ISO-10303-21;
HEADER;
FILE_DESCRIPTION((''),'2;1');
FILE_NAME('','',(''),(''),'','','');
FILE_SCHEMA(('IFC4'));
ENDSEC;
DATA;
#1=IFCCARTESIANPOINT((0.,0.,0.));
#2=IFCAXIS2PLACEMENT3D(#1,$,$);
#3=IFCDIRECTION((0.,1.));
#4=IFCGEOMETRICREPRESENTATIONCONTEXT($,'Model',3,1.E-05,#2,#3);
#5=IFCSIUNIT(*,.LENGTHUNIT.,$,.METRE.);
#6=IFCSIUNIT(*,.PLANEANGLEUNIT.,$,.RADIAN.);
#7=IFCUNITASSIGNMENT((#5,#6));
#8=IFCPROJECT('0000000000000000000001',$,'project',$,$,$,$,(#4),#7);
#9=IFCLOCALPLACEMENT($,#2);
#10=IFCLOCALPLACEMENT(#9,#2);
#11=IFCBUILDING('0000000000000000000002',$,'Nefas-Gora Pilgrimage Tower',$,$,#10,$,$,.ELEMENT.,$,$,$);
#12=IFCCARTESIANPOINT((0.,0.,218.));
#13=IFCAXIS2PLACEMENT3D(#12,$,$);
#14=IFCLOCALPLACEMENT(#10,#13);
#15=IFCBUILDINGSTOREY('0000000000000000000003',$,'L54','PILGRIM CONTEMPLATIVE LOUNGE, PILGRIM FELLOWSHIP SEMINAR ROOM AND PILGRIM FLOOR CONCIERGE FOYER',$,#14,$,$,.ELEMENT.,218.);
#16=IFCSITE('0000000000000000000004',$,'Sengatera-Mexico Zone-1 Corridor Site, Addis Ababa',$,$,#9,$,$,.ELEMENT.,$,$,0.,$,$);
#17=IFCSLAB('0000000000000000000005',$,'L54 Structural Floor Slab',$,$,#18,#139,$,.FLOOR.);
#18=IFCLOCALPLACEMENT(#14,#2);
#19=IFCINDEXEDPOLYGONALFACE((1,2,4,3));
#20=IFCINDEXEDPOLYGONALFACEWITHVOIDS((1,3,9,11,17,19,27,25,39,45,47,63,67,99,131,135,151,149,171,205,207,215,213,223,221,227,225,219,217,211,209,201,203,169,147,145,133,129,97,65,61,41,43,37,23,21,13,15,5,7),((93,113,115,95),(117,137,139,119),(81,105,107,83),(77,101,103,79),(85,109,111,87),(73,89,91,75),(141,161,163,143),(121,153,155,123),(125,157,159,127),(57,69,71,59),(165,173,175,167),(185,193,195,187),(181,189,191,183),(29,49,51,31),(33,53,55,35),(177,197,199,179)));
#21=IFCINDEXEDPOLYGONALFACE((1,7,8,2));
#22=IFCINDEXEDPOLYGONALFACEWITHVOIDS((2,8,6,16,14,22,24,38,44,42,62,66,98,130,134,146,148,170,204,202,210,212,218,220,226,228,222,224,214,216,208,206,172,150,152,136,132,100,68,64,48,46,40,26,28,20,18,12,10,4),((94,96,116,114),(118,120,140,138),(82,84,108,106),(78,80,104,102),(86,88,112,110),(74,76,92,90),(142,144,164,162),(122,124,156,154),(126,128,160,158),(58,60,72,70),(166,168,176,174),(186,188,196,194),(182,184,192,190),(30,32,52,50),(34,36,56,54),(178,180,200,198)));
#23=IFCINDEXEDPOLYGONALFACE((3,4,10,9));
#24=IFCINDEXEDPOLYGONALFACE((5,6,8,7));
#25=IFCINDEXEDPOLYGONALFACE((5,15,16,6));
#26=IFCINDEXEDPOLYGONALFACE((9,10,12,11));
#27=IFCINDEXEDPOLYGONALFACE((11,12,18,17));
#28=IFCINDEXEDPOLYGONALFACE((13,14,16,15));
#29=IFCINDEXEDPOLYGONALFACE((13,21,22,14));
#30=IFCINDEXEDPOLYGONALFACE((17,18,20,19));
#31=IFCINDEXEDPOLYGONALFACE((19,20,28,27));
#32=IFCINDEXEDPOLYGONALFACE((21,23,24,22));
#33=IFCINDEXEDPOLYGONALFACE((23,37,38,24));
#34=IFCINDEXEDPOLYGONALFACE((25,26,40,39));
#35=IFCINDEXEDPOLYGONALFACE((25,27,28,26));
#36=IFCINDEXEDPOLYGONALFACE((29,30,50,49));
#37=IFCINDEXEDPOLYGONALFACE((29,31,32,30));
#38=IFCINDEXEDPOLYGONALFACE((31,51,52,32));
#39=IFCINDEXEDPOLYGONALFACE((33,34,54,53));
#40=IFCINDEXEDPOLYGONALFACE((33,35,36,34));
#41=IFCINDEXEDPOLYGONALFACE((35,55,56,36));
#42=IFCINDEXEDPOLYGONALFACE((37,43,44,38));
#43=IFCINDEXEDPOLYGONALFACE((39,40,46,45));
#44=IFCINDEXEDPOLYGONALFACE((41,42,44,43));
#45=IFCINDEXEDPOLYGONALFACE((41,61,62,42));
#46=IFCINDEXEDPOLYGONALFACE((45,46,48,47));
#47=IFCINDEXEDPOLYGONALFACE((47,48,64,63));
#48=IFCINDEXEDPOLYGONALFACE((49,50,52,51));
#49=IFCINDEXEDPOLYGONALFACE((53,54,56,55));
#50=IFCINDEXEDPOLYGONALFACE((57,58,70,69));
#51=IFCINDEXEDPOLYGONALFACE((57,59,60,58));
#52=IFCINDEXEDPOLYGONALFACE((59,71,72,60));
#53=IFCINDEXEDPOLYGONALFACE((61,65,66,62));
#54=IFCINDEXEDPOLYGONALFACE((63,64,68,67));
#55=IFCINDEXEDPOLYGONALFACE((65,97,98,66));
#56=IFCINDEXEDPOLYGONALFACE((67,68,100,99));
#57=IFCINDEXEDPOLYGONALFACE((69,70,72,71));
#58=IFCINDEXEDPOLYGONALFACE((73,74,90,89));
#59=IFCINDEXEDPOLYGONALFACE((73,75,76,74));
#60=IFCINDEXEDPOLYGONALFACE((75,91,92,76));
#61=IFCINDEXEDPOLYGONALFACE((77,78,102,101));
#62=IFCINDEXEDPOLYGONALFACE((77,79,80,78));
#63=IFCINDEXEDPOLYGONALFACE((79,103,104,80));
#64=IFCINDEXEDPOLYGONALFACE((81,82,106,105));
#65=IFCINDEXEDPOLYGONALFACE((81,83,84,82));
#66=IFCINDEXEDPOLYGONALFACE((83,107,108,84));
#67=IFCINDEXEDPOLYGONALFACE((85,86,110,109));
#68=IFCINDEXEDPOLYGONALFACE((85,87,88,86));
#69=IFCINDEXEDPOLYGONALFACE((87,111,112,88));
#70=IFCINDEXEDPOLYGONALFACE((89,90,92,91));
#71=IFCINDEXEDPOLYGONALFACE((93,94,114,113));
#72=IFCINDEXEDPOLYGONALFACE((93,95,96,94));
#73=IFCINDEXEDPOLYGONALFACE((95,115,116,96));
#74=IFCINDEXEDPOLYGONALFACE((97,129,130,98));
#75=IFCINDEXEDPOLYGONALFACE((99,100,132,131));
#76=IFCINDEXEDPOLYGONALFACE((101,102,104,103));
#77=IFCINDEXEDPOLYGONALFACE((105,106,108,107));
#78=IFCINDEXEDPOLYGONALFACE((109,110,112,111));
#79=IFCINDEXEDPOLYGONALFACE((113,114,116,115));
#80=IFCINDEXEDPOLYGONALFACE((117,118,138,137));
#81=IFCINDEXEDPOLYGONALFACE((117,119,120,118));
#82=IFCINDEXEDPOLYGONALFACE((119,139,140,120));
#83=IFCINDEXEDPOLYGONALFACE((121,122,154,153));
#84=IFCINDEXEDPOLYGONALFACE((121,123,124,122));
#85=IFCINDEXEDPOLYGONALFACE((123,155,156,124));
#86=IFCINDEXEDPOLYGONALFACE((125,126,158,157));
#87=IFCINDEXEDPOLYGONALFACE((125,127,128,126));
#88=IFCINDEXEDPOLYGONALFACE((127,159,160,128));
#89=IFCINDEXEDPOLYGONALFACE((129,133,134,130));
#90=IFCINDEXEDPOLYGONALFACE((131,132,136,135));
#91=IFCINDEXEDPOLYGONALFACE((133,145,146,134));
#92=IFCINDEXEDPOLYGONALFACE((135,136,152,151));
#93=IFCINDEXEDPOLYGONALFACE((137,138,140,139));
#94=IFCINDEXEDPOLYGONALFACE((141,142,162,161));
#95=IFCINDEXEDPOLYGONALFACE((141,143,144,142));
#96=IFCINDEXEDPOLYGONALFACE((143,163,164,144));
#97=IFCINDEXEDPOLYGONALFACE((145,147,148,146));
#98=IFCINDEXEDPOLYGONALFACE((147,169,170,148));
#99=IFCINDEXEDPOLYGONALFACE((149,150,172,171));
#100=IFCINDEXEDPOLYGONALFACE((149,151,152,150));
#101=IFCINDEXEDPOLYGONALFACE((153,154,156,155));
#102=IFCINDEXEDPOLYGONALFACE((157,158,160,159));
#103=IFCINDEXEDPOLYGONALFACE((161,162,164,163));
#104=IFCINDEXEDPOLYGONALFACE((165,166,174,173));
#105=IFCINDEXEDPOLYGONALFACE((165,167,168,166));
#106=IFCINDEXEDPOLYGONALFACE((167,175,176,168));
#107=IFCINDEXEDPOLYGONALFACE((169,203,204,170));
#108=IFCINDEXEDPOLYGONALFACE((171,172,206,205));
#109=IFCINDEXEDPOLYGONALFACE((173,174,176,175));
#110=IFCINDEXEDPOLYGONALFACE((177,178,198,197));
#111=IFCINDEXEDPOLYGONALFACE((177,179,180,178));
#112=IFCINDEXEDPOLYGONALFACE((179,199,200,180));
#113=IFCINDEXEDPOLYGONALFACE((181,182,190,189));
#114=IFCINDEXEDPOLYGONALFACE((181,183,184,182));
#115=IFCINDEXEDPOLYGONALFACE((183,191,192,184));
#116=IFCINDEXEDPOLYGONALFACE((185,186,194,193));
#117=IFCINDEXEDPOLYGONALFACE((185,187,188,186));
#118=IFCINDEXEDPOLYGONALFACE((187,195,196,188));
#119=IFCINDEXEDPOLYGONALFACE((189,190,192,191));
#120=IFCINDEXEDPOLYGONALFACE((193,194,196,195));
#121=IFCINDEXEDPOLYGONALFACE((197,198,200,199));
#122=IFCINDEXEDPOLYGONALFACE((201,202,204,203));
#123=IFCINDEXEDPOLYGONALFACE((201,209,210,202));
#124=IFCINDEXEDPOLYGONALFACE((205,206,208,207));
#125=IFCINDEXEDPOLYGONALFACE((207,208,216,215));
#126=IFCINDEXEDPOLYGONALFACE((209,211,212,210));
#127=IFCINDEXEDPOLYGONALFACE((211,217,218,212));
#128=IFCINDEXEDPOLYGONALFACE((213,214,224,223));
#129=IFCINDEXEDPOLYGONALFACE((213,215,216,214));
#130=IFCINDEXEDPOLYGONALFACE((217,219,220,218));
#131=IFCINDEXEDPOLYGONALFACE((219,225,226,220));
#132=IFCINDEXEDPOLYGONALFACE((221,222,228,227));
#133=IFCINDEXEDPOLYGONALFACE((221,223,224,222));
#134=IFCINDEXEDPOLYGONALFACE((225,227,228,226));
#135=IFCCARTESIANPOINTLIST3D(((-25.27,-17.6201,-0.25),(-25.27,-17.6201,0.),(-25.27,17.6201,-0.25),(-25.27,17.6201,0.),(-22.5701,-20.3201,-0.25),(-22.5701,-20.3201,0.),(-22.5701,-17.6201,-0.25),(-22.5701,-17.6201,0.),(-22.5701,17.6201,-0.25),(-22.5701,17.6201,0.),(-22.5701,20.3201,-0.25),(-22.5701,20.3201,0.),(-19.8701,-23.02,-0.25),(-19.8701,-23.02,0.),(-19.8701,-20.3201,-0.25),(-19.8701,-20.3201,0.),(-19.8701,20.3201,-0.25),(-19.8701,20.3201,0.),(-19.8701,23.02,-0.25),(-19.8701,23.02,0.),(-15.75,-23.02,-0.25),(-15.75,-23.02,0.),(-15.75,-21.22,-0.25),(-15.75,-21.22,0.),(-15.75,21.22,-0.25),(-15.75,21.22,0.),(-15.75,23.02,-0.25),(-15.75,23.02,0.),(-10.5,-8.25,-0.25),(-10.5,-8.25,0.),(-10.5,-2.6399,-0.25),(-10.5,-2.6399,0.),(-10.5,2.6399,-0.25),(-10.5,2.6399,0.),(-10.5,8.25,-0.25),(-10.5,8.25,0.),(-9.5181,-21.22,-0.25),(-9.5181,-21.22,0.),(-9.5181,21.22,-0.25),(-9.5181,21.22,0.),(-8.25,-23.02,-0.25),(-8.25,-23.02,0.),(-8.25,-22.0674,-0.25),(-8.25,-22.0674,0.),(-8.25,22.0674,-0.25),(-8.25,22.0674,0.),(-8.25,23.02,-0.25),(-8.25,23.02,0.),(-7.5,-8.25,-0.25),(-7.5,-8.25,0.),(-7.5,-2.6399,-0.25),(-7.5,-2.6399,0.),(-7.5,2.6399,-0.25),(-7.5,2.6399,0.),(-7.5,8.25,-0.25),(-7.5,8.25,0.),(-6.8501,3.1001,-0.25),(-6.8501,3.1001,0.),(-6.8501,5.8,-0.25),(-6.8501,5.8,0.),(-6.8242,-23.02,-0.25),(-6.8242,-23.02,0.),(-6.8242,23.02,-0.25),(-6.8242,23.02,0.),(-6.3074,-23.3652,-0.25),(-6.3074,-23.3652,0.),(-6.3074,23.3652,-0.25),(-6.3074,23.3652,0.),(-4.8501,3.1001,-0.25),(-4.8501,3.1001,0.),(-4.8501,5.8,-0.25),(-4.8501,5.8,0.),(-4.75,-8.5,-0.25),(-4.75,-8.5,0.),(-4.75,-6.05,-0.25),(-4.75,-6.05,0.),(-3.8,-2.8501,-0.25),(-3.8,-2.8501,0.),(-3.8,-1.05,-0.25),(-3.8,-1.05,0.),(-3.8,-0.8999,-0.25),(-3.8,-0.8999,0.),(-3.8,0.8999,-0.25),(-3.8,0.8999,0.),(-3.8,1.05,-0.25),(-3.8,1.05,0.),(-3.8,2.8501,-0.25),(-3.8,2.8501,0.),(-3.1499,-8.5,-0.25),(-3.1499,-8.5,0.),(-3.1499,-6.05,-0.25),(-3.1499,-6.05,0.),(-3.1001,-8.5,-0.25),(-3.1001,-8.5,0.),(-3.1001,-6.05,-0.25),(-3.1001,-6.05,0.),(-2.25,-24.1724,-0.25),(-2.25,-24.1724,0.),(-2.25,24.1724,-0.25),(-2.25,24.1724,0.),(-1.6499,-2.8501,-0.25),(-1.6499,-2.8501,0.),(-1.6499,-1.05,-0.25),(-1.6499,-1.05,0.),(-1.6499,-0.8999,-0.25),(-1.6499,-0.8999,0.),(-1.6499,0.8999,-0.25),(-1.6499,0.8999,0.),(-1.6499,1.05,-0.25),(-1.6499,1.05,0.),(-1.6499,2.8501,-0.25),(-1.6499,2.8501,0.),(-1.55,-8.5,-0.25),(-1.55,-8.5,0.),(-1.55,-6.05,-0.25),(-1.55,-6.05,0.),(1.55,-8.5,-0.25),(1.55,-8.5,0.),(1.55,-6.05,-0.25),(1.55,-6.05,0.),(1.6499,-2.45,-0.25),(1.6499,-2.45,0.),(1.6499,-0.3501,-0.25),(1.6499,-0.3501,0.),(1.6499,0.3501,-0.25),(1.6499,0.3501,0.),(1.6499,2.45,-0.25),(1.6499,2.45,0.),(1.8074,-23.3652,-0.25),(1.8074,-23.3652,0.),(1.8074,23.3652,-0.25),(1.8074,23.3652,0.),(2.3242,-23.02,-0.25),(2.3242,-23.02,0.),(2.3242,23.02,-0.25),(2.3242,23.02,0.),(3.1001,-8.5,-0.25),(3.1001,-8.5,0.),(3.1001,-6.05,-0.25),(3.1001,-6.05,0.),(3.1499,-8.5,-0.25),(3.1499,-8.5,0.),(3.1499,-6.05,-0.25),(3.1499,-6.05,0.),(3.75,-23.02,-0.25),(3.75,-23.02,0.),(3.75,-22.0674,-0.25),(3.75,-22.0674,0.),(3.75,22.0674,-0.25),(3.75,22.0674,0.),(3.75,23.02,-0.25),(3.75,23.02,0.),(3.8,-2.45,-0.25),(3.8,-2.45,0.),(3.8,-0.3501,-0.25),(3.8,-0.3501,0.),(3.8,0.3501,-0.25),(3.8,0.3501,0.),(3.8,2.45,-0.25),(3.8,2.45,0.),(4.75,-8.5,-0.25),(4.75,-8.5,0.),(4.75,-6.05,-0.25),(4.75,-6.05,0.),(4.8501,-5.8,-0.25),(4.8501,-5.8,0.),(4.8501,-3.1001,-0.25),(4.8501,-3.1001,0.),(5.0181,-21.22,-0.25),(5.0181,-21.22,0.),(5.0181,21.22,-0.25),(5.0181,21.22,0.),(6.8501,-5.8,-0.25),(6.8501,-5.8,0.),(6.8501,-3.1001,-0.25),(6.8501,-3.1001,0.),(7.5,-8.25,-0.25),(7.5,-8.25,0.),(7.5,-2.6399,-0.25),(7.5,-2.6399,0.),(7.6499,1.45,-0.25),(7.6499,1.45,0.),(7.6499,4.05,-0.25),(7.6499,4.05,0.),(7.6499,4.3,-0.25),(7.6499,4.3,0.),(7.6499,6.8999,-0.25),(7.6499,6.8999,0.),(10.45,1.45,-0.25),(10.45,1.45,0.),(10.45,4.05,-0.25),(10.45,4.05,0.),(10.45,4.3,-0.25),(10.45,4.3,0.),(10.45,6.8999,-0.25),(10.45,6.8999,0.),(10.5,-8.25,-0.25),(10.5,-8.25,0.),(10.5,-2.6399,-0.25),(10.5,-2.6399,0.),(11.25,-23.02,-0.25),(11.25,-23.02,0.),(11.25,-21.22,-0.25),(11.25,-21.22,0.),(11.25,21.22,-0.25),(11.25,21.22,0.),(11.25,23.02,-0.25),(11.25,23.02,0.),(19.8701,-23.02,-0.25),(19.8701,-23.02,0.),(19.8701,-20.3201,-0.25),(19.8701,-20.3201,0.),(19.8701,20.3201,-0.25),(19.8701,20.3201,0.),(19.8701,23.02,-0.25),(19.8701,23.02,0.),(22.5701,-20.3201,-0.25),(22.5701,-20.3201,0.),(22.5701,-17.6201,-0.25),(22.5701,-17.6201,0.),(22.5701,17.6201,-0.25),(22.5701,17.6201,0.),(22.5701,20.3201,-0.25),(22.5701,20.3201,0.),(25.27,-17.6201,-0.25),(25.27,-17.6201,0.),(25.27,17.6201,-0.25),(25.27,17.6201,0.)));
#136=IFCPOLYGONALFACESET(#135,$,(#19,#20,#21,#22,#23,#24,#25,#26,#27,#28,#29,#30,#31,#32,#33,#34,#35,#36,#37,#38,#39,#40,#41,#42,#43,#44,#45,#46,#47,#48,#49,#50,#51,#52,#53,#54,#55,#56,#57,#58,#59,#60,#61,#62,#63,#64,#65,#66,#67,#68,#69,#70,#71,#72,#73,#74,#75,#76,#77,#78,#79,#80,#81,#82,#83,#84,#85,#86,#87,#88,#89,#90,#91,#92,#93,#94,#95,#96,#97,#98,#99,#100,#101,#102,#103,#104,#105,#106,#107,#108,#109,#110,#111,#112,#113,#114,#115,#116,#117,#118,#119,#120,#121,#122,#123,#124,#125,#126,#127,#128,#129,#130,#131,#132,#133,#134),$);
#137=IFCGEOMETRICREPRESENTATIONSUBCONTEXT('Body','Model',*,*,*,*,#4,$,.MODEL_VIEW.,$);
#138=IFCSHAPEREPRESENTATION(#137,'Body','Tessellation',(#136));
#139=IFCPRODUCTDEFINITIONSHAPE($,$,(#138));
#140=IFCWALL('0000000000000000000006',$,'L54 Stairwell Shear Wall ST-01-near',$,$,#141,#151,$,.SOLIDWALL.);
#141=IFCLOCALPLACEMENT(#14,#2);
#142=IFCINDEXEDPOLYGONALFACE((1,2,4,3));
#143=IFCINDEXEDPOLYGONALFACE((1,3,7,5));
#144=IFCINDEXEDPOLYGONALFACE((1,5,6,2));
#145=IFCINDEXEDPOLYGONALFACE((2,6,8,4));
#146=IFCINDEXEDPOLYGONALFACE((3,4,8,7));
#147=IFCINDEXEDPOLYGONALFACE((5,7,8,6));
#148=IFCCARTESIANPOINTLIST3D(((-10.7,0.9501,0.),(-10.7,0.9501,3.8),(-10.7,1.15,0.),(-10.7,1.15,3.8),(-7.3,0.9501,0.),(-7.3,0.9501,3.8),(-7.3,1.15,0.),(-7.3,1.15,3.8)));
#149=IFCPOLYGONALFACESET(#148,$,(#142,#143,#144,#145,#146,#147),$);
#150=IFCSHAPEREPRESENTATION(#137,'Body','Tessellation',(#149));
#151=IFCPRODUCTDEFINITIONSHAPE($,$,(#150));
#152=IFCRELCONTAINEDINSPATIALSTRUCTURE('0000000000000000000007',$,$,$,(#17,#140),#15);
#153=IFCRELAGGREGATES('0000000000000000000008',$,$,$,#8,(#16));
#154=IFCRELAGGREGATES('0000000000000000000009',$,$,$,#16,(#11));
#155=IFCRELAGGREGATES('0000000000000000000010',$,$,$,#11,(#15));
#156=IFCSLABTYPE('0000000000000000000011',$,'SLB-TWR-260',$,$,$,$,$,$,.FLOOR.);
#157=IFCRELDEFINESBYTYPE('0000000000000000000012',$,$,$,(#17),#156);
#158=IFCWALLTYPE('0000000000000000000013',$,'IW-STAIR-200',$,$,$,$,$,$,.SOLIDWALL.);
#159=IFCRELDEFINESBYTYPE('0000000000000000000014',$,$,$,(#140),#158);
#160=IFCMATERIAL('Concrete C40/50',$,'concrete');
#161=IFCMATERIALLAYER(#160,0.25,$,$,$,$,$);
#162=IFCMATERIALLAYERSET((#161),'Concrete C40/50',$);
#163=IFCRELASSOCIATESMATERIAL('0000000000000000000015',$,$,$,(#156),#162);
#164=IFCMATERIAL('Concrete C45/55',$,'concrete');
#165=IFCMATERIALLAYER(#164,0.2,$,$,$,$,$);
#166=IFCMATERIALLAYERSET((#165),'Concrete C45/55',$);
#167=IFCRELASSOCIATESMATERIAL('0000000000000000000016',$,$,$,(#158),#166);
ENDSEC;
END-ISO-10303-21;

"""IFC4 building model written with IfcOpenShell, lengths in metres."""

from ifc_helpers import new_model, si_unit, direction, frame, frame_2d, origin, place, context, subcontext, project, spatial, polyline, rectangle, outline, extrude, source, transform, mapped, material, layer, layer_set, type_object, element, save


model = new_model("IFC4")

# Units and contexts
model_context = context("Model", 3, precision=1e-05, world=origin(), true_north=direction((0.0, 1.0)))
body_context = subcontext(model_context, "Body", "Model", "MODEL_VIEW")
ifc_project = project(units=[si_unit("LENGTHUNIT", "METRE"), si_unit("PLANEANGLEUNIT", "RADIAN")], contexts=[model_context])

# Site, building, storey
site_placement = place(None, origin())
site = spatial("IfcSite", under=ifc_project, at=site_placement, Name="Sengatera-Mexico Zone-1 Corridor Site, Addis Ababa", CompositionType="ELEMENT", RefElevation=0.0)
building_placement = place(site_placement, origin())
building = spatial("IfcBuilding", under=site, at=building_placement, Name="Nefas-Gora Pilgrimage Tower", CompositionType="ELEMENT")
storey_placement = place(building_placement, frame((0.0, 0.0, 218.0)))
storey = spatial("IfcBuildingStorey", under=building, at=storey_placement, Name="L54", Description="PILGRIM CONTEMPLATIVE LOUNGE, PILGRIM FELLOWSHIP SEMINAR ROOM AND PILGRIM FLOOR CONCIERGE FOYER", CompositionType="ELEMENT", Elevation=218.0)

# Slab
ifc_material_1 = material(Name="Concrete C40/50", Category="concrete")
ifc_layer_1 = layer(ifc_material_1, 0.25)
ifc_layer_set_1 = layer_set([ifc_layer_1], Name="Concrete C40/50")
slab_type_1 = type_object("IfcSlabType", Name="SLB-TWR-260", PredefinedType="FLOOR", material=ifc_layer_set_1)
slab_1_placement = place(storey_placement, frame((0.0, 0.0, -0.25)))
element("IfcSlab", 1, at=slab_1_placement, inside=storey, type_object=slab_type_1, Name="L54 Structural Floor Slab", PredefinedType="FLOOR", context=body_context, shape_type="SweptSolid", body=[
    extrude(outline(polyline([(5.0181, -21.22), (11.25, -21.22), (11.25, -23.02), (19.8701, -23.02), (19.8701, -20.3201), (22.5701, -20.3201), (22.5701, -17.6201), (25.27, -17.6201), (25.27, 17.6201), (22.5701, 17.6201), (22.5701, 20.3201), (19.8701, 20.3201), (19.8701, 23.02), (11.25, 23.02), (11.25, 21.22), (5.0181, 21.22), (3.75, 22.0674), (3.75, 23.02), (2.3242, 23.02), (1.8074, 23.3652), (-2.25, 24.1724), (-6.3074, 23.3652), (-6.8242, 23.02), (-8.25, 23.02), (-8.25, 22.0674), (-9.5181, 21.22), (-15.75, 21.22), (-15.75, 23.02), (-19.8701, 23.02), (-19.8701, 20.3201), (-22.5701, 20.3201), (-22.5701, 17.6201), (-25.27, 17.6201), (-25.27, -17.6201), (-22.5701, -17.6201), (-22.5701, -20.3201), (-19.8701, -20.3201), (-19.8701, -23.02), (-15.75, -23.02), (-15.75, -21.22), (-9.5181, -21.22), (-8.25, -22.0674), (-8.25, -23.02), (-6.8242, -23.02), (-6.3074, -23.3652), (-2.25, -24.1724), (1.8074, -23.3652), (2.3242, -23.02), (3.75, -23.02), (3.75, -22.0674), (5.0181, -21.22)]), holes=[polyline([(-10.5, 2.6399), (-10.5, 8.25), (-7.5, 8.25), (-7.5, 2.6399), (-10.5, 2.6399)]), polyline([(10.5, -2.6399), (10.5, -8.25), (7.5, -8.25), (7.5, -2.6399), (10.5, -2.6399)]), polyline([(-7.5, -2.6399), (-7.5, -8.25), (-10.5, -8.25), (-10.5, -2.6399), (-7.5, -2.6399)]), polyline([(-6.8501, 5.8), (-4.8501, 5.8), (-4.8501, 3.1001), (-6.8501, 3.1001), (-6.8501, 5.8)]), polyline([(4.8501, -3.1001), (6.8501, -3.1001), (6.8501, -5.8), (4.8501, -5.8), (4.8501, -3.1001)]), polyline([(7.6499, 4.05), (10.45, 4.05), (10.45, 1.45), (7.6499, 1.45), (7.6499, 4.05)]), polyline([(7.6499, 6.8999), (10.45, 6.8999), (10.45, 4.3), (7.6499, 4.3), (7.6499, 6.8999)]), polyline([(-4.75, -6.05), (-3.1499, -6.05), (-3.1499, -8.5), (-4.75, -8.5), (-4.75, -6.05)]), polyline([(-3.1001, -6.05), (-1.55, -6.05), (-1.55, -8.5), (-3.1001, -8.5), (-3.1001, -6.05)]), polyline([(1.55, -6.05), (3.1001, -6.05), (3.1001, -8.5), (1.55, -8.5), (1.55, -6.05)]), polyline([(3.1499, -6.05), (4.75, -6.05), (4.75, -8.5), (3.1499, -8.5), (3.1499, -6.05)]), polyline([(-3.8, -1.05), (-1.6499, -1.05), (-1.6499, -2.8501), (-3.8, -2.8501), (-3.8, -1.05)]), polyline([(-3.8, 0.8999), (-1.6499, 0.8999), (-1.6499, -0.8999), (-3.8, -0.8999), (-3.8, 0.8999)]), polyline([(-3.8, 2.8501), (-1.6499, 2.8501), (-1.6499, 1.05), (-3.8, 1.05), (-3.8, 2.8501)]), polyline([(1.6499, -0.3501), (3.8, -0.3501), (3.8, -2.45), (1.6499, -2.45), (1.6499, -0.3501)]), polyline([(1.6499, 2.45), (3.8, 2.45), (3.8, 0.3501), (1.6499, 0.3501), (1.6499, 2.45)])]), origin(), (0.0, 0.0, 1.0), 0.25),
])

# Wall
ifc_material_2 = material(Name="Concrete C45/55", Category="concrete")
ifc_layer_2 = layer(ifc_material_2, 0.2)
ifc_layer_set_2 = layer_set([ifc_layer_2], Name="Concrete C45/55")
wall_type_1 = type_object("IfcWallType", Name="IW-STAIR-200", PredefinedType="SOLIDWALL", material=ifc_layer_set_2)
shared_shape_1 = source(origin(), body_context, "Body", "SweptSolid", [
    extrude(rectangle(XDim=3.3999, YDim=0.2, at=frame_2d((1.7, 0.0))), origin(), (0.0, 0.0, 1.0), 3.8),
])
wall_1_placement = place(storey_placement, frame((-7.3, 1.05, 0.0), z_axis=(0.0, 0.0, 1.0), x_axis=(-1.0, 0.0, 0.0)))
element("IfcWall", 2, at=wall_1_placement, inside=storey, type_object=wall_type_1, Name="L54 Stairwell Shear Wall ST-01-near", PredefinedType="SOLIDWALL", context=body_context, shape_type="MappedRepresentation", body=[
    mapped(shared_shape_1, transform((0.0, 0.0, 0.0), x_axis=(1.0, 0.0, 0.0), y_axis=(0.0, 1.0, 0.0), z_axis=(0.0, 0.0, 1.0), scale=1.0)),
])

save(model, "model.ifc")
